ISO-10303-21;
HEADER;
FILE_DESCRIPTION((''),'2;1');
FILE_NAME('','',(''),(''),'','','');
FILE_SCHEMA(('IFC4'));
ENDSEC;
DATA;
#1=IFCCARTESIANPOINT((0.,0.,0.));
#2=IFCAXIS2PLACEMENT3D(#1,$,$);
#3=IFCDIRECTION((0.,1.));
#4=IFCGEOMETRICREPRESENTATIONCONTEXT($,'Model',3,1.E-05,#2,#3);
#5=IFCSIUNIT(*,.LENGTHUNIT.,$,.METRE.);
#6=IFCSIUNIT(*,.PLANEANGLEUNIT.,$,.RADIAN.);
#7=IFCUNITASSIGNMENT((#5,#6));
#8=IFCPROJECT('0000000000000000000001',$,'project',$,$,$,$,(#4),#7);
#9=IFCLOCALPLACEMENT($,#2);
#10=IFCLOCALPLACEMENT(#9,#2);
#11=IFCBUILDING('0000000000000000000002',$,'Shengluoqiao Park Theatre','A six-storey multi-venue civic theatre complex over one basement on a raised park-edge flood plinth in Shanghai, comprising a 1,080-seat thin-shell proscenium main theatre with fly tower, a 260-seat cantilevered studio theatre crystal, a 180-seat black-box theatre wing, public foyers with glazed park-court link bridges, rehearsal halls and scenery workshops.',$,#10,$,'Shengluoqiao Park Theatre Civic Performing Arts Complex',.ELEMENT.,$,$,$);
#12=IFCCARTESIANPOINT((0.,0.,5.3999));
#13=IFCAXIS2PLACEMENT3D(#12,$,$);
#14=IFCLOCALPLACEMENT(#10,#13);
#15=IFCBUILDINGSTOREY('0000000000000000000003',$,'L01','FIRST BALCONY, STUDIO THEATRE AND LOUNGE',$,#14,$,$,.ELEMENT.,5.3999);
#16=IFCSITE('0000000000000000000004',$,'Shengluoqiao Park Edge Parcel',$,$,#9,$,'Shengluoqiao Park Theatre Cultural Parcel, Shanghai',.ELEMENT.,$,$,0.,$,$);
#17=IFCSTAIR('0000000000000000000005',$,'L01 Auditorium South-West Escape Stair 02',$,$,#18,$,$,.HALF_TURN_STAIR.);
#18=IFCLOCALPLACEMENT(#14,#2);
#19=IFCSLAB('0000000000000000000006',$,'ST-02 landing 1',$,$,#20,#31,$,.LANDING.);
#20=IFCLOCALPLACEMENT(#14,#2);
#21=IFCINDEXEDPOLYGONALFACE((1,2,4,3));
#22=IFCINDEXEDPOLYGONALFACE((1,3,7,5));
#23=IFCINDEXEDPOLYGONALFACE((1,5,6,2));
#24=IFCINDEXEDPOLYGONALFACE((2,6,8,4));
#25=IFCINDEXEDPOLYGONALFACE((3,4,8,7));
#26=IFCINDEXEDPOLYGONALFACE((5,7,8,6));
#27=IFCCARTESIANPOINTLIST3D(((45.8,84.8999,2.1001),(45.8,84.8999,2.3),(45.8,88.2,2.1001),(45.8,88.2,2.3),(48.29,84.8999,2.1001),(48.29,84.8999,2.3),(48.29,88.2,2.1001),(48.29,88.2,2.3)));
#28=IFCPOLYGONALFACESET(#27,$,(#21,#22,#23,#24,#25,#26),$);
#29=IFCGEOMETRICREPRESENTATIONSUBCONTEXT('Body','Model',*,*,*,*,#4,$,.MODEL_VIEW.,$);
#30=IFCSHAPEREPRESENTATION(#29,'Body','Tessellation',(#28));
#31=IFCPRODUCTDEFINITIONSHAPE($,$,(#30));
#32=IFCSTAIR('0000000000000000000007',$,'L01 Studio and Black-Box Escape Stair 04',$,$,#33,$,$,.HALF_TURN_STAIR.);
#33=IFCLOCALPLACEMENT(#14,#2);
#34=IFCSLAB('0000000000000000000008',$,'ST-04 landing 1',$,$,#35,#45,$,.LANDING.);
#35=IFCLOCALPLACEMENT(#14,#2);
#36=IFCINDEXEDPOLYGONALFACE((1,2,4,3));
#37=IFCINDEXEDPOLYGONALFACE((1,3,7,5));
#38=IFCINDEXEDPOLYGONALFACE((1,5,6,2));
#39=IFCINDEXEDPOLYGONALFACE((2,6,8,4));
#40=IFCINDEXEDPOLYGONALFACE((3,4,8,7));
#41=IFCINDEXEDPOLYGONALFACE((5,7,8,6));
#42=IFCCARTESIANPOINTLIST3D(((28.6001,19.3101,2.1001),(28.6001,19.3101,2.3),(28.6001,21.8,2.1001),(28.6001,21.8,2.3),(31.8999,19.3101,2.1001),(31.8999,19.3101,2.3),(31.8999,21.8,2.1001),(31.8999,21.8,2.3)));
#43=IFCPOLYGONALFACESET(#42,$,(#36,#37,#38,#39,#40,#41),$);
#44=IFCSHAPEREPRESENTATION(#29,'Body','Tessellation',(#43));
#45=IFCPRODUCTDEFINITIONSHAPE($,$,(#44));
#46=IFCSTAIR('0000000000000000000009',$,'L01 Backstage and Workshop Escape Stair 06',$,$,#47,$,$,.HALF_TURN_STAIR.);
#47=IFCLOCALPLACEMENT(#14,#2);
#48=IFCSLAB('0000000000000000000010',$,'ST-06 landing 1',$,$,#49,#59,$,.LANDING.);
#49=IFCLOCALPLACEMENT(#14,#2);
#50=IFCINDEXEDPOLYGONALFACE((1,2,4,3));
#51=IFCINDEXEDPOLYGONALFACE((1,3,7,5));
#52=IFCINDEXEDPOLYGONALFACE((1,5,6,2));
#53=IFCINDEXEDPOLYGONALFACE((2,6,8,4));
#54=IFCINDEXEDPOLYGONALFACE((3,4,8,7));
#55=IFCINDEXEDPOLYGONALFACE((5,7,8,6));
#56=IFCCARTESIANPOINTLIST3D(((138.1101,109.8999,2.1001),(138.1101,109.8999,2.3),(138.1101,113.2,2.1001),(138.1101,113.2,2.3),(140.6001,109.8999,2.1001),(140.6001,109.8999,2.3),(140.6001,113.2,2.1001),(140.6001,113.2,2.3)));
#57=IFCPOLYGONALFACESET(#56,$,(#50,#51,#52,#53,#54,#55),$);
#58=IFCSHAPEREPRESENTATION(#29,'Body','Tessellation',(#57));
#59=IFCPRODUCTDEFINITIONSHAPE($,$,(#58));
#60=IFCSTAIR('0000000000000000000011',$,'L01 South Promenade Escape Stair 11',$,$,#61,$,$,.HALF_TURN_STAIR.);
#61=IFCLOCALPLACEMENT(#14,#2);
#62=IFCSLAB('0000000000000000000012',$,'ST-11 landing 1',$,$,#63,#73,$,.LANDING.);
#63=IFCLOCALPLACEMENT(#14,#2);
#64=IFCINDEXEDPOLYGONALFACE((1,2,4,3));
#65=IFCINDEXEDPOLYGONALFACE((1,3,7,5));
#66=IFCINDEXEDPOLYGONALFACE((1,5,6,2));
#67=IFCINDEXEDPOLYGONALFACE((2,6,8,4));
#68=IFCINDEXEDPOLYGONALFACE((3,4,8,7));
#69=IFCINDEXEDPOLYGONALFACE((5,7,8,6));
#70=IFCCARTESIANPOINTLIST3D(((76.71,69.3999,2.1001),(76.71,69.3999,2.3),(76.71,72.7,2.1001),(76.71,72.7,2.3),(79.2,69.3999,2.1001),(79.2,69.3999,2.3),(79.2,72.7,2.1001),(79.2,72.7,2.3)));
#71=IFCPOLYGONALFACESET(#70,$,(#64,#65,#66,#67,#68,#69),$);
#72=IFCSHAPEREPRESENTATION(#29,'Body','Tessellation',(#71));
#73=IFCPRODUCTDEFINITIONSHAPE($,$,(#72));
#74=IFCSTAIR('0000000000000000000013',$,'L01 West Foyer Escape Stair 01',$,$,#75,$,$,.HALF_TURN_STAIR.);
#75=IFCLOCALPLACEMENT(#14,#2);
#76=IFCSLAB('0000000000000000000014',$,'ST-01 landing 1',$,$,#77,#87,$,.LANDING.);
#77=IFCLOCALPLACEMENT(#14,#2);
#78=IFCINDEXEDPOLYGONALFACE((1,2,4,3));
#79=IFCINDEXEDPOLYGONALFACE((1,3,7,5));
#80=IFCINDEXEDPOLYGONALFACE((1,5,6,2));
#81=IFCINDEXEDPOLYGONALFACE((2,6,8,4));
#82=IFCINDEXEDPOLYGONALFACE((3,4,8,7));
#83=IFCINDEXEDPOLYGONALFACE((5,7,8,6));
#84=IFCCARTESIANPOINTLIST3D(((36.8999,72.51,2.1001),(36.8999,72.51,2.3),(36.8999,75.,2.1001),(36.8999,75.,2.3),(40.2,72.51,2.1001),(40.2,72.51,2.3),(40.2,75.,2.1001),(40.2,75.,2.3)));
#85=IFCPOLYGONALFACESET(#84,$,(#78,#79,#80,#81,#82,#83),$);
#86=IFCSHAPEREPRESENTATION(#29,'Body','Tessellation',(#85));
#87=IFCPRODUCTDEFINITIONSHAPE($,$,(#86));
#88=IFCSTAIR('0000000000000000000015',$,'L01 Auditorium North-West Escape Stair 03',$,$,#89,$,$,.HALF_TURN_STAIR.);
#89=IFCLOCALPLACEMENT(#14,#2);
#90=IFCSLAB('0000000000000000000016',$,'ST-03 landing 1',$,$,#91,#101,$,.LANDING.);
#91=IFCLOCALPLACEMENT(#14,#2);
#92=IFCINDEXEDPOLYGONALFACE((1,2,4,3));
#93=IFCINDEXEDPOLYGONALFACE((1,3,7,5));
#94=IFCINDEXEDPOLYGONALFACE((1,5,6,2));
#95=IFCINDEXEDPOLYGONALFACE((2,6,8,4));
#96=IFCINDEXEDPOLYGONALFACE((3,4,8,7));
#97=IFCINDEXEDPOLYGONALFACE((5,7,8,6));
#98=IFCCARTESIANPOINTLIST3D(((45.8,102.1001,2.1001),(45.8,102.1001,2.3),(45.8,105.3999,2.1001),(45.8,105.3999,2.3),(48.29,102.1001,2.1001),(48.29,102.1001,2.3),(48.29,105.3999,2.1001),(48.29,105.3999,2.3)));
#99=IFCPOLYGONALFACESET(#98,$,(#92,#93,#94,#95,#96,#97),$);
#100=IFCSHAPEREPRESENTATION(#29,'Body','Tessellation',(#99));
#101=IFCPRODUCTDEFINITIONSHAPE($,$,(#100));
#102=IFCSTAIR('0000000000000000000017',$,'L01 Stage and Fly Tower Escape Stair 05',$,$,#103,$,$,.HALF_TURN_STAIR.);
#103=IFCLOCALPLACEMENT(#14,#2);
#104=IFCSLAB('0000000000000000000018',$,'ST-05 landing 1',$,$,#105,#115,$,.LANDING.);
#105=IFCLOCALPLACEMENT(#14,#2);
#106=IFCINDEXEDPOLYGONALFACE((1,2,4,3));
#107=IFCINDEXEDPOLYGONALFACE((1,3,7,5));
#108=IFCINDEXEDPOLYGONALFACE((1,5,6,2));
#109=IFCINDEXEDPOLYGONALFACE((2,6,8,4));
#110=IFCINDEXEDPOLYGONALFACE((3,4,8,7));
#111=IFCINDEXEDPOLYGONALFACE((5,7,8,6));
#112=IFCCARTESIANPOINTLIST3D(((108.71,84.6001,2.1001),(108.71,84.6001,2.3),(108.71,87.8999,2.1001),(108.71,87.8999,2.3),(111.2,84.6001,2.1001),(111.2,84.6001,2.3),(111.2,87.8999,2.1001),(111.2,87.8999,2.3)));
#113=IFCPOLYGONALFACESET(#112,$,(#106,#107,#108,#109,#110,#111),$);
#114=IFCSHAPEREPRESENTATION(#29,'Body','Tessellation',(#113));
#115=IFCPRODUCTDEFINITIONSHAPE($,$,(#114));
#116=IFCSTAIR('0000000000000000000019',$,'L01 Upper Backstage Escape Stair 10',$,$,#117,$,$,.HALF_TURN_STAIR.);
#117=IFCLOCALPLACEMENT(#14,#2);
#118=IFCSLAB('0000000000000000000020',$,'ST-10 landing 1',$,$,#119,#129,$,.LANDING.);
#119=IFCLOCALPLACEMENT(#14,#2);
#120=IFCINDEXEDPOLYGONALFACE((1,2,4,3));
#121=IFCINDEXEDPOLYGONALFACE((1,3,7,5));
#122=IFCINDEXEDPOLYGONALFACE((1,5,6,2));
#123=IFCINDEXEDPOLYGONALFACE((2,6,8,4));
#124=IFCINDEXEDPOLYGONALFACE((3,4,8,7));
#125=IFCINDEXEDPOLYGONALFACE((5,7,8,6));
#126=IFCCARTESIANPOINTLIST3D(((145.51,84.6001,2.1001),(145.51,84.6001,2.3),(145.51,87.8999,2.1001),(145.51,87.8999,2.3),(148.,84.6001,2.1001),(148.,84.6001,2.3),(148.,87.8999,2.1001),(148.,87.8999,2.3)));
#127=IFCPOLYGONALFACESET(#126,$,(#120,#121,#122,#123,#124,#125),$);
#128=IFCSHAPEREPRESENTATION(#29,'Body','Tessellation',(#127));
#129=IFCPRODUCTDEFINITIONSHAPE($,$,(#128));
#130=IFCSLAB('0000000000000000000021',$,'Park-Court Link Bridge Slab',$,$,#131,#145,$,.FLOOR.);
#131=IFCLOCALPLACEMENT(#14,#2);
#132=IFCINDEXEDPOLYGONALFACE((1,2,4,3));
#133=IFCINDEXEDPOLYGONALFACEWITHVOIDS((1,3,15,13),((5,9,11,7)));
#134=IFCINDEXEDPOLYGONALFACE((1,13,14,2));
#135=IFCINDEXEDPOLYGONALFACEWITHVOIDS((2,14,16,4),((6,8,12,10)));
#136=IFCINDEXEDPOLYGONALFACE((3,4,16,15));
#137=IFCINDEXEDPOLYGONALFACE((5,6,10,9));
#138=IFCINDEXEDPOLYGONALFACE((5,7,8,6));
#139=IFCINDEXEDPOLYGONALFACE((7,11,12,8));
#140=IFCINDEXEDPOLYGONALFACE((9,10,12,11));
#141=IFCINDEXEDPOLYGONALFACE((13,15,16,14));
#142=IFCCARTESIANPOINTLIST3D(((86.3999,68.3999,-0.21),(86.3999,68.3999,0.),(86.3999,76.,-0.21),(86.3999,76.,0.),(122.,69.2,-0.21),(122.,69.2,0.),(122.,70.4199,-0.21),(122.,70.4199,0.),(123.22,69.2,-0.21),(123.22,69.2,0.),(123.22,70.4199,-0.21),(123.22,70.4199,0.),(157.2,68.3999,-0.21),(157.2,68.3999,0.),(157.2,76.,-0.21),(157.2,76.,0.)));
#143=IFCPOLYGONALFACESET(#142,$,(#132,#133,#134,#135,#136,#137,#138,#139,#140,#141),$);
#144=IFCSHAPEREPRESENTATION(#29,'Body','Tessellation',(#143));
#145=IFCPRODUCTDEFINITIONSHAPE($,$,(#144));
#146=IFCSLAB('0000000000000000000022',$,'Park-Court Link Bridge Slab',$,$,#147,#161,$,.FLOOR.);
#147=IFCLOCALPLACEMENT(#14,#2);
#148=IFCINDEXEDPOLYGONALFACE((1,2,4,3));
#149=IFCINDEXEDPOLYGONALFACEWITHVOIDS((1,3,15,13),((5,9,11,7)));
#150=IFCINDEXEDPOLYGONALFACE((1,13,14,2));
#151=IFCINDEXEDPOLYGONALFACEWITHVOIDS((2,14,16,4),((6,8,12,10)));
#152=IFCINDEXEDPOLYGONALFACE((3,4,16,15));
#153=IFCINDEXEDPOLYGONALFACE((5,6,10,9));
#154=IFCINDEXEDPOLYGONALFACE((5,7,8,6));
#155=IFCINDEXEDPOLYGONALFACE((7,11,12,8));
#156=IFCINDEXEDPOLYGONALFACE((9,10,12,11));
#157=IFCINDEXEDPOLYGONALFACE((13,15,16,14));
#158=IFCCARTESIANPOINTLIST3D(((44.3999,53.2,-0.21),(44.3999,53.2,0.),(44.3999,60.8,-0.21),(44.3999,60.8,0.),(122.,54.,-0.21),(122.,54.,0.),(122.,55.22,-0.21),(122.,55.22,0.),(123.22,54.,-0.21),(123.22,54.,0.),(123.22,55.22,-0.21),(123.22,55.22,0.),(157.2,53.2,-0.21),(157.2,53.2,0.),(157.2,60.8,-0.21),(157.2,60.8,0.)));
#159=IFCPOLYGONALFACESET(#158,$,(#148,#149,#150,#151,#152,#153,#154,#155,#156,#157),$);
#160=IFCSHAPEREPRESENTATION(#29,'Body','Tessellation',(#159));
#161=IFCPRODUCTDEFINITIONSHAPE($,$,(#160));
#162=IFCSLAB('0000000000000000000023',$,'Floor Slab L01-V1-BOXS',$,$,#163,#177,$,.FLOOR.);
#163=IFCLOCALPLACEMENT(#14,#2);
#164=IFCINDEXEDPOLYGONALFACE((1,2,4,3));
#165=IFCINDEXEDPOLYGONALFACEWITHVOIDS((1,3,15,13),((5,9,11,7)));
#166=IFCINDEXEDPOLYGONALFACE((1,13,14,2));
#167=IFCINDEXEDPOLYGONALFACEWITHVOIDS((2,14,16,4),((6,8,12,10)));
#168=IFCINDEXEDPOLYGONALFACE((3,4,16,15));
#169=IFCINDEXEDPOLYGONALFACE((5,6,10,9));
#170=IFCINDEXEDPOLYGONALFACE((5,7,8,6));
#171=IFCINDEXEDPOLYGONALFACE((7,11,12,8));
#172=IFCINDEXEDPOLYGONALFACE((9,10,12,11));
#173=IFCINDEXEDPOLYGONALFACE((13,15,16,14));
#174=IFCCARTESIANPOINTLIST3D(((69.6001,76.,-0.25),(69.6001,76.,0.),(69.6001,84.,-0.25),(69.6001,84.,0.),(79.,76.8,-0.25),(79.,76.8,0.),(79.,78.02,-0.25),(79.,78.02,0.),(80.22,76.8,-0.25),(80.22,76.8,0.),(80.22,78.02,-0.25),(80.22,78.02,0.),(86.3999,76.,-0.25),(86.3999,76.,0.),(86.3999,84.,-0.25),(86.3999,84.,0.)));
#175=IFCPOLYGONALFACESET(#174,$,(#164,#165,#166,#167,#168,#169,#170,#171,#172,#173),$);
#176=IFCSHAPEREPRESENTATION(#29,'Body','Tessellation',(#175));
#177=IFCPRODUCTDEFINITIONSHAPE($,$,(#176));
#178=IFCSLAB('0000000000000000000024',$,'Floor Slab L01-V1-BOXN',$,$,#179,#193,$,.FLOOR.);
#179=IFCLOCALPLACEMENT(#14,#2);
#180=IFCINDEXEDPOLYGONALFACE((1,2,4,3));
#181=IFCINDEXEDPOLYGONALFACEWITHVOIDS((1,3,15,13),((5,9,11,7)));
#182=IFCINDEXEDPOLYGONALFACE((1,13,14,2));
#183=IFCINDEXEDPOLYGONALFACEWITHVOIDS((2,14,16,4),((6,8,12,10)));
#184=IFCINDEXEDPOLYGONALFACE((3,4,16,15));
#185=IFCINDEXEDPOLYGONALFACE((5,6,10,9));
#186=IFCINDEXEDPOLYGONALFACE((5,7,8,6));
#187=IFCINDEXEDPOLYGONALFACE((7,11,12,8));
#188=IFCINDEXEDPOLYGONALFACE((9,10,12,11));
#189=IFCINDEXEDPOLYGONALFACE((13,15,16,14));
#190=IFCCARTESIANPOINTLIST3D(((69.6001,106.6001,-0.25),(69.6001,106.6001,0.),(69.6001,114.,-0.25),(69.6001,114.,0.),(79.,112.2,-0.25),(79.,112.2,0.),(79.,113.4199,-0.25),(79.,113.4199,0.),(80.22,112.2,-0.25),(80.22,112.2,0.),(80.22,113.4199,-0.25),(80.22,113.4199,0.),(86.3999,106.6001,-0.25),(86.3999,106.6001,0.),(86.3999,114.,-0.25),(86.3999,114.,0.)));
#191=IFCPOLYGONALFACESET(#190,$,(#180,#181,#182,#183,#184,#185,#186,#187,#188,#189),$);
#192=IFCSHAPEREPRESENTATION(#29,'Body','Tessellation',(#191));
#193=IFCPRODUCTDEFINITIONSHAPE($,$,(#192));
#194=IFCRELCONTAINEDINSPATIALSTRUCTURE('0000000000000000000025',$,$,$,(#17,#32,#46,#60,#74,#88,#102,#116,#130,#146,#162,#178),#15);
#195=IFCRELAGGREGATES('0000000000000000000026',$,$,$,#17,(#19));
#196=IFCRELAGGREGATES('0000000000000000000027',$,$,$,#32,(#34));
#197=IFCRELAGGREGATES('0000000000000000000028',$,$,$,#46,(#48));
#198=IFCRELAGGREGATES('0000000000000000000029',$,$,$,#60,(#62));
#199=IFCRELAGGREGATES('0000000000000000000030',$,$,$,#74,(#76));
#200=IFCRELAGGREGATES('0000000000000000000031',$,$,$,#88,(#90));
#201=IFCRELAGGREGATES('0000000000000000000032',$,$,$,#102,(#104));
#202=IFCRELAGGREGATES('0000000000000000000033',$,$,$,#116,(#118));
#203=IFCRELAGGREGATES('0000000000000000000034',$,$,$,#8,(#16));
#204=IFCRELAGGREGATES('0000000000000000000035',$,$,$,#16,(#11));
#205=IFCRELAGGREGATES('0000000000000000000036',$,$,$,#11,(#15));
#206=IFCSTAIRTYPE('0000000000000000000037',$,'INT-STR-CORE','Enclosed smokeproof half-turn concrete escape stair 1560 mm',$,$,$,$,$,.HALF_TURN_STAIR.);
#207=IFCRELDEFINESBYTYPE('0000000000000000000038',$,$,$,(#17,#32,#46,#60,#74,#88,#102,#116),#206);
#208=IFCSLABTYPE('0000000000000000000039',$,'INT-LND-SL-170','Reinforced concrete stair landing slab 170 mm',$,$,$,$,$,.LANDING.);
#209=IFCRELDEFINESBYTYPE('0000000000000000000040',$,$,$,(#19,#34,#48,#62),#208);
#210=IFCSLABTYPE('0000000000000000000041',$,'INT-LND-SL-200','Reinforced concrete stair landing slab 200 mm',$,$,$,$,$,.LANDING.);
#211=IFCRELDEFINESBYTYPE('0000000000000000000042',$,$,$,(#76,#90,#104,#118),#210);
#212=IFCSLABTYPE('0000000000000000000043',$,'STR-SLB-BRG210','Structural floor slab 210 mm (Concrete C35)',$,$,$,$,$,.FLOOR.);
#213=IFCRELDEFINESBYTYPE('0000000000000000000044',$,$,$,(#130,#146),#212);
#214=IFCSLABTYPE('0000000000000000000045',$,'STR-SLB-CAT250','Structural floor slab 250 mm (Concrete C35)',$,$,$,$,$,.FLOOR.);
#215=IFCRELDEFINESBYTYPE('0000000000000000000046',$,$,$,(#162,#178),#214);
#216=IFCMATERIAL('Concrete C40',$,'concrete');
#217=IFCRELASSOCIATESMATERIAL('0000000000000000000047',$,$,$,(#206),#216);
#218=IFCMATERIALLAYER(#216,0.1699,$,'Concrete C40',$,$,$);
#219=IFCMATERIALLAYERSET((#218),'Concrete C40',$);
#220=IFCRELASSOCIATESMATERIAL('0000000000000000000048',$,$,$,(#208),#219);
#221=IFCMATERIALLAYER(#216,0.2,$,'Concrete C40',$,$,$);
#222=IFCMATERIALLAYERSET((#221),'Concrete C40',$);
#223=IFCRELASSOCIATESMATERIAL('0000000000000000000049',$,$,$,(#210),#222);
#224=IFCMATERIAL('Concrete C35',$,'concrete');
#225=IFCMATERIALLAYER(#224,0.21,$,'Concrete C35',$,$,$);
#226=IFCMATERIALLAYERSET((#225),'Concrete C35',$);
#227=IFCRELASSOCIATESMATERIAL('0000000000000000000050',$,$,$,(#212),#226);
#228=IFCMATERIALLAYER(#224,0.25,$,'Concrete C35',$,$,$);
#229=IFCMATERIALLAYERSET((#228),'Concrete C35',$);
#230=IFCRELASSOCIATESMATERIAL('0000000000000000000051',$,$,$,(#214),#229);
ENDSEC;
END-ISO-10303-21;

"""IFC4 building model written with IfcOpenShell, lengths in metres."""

from ifc_helpers import new_model, si_unit, direction, frame, origin, place, context, subcontext, project, spatial, polyline, outline, extrude, material, layer, layer_set, type_object, element, aggregate, save


model = new_model("IFC4")

# Units and contexts
model_context = context("Model", 3, precision=1e-05, world=origin(), true_north=direction((0.0, 1.0)))
body_context = subcontext(model_context, "Body", "Model", "MODEL_VIEW")
ifc_project = project(units=[si_unit("LENGTHUNIT", "METRE"), si_unit("PLANEANGLEUNIT", "RADIAN")], contexts=[model_context])

# Site, building, storey
site_placement = place(None, origin())
site = spatial("IfcSite", under=ifc_project, at=site_placement, Name="Shengluoqiao Park Edge Parcel", LongName="Shengluoqiao Park Theatre Cultural Parcel, Shanghai", CompositionType="ELEMENT", RefElevation=0.0)
building_placement = place(site_placement, origin())
building = spatial("IfcBuilding", under=site, at=building_placement, Name="Shengluoqiao Park Theatre", Description="A six-storey multi-venue civic theatre complex over one basement on a raised park-edge flood plinth in Shanghai, comprising a 1,080-seat thin-shell proscenium main theatre with fly tower, a 260-seat cantilevered studio theatre crystal, a 180-seat black-box theatre wing, public foyers with glazed park-court link bridges, rehearsal halls and scenery workshops.", LongName="Shengluoqiao Park Theatre Civic Performing Arts Complex", CompositionType="ELEMENT")
storey_placement = place(building_placement, frame((0.0, 0.0, 5.3999)))
storey = spatial("IfcBuildingStorey", under=building, at=storey_placement, Name="L01", Description="FIRST BALCONY, STUDIO THEATRE AND LOUNGE", CompositionType="ELEMENT", Elevation=5.3999)

# Stairs, slabs
ifc_material_1 = material(Name="Concrete C40", Category="concrete")
stair_type = type_object("IfcStairType", Name="INT-STR-CORE", Description="Enclosed smokeproof half-turn concrete escape stair 1560 mm", PredefinedType="HALF_TURN_STAIR", material=ifc_material_1)
stair_1_placement = place(storey_placement, origin())
stair_1 = element("IfcStair", 1, at=stair_1_placement, inside=storey, type_object=stair_type, Name="L01 Auditorium South-West Escape Stair 02", PredefinedType="HALF_TURN_STAIR")
ifc_layer_1 = layer(ifc_material_1, 0.1699, Name="Concrete C40")
ifc_layer_set_1 = layer_set([ifc_layer_1], Name="Concrete C40")
slab_type_1 = type_object("IfcSlabType", Name="INT-LND-SL-170", Description="Reinforced concrete stair landing slab 170 mm", PredefinedType="LANDING", material=ifc_layer_set_1)
slab_1_placement = place(storey_placement, frame((0.0, 0.0, 2.1001)))
slab_1 = element("IfcSlab", 2, at=slab_1_placement, type_object=slab_type_1, Name="ST-02 landing 1", PredefinedType="LANDING", context=body_context, shape_type="SweptSolid", body=[
    extrude(outline(polyline([(48.29, 88.2), (45.8, 88.2), (45.8, 84.8999), (48.29, 84.8999), (48.29, 88.2)])), origin(), (0.0, 0.0, 1.0), 0.2),
])
aggregate(stair_1, [slab_1])
stair_2_placement = place(storey_placement, origin())
stair_2 = element("IfcStair", 3, at=stair_2_placement, inside=storey, type_object=stair_type, Name="L01 Studio and Black-Box Escape Stair 04", PredefinedType="HALF_TURN_STAIR")
slab_2_placement = place(storey_placement, frame((0.0, 0.0, 2.1001)))
slab_2 = element("IfcSlab", 4, at=slab_2_placement, type_object=slab_type_1, Name="ST-04 landing 1", PredefinedType="LANDING", context=body_context, shape_type="SweptSolid", body=[
    extrude(outline(polyline([(31.8999, 19.3101), (31.8999, 21.8), (28.6001, 21.8), (28.6001, 19.3101), (31.8999, 19.3101)])), origin(), (0.0, 0.0, 1.0), 0.2),
])
aggregate(stair_2, [slab_2])
stair_3_placement = place(storey_placement, origin())
stair_3 = element("IfcStair", 5, at=stair_3_placement, inside=storey, type_object=stair_type, Name="L01 Backstage and Workshop Escape Stair 06", PredefinedType="HALF_TURN_STAIR")
slab_3_placement = place(storey_placement, frame((0.0, 0.0, 2.1001)))
slab_3 = element("IfcSlab", 6, at=slab_3_placement, type_object=slab_type_1, Name="ST-06 landing 1", PredefinedType="LANDING", context=body_context, shape_type="SweptSolid", body=[
    extrude(outline(polyline([(138.1101, 109.8999), (140.6001, 109.8999), (140.6001, 113.2), (138.1101, 113.2), (138.1101, 109.8999)])), origin(), (0.0, 0.0, 1.0), 0.2),
])
aggregate(stair_3, [slab_3])
stair_4_placement = place(storey_placement, origin())
stair_4 = element("IfcStair", 7, at=stair_4_placement, inside=storey, type_object=stair_type, Name="L01 South Promenade Escape Stair 11", PredefinedType="HALF_TURN_STAIR")
slab_4_placement = place(storey_placement, frame((0.0, 0.0, 2.1001)))
slab_4 = element("IfcSlab", 8, at=slab_4_placement, type_object=slab_type_1, Name="ST-11 landing 1", PredefinedType="LANDING", context=body_context, shape_type="SweptSolid", body=[
    extrude(outline(polyline([(76.71, 69.3999), (79.2, 69.3999), (79.2, 72.7), (76.71, 72.7), (76.71, 69.3999)])), origin(), (0.0, 0.0, 1.0), 0.2),
])
aggregate(stair_4, [slab_4])
stair_5_placement = place(storey_placement, origin())
stair_5 = element("IfcStair", 9, at=stair_5_placement, inside=storey, type_object=stair_type, Name="L01 West Foyer Escape Stair 01", PredefinedType="HALF_TURN_STAIR")
ifc_layer_2 = layer(ifc_material_1, 0.2, Name="Concrete C40")
ifc_layer_set_2 = layer_set([ifc_layer_2], Name="Concrete C40")
slab_type_2 = type_object("IfcSlabType", Name="INT-LND-SL-200", Description="Reinforced concrete stair landing slab 200 mm", PredefinedType="LANDING", material=ifc_layer_set_2)
slab_5_placement = place(storey_placement, frame((0.0, 0.0, 2.1001)))
slab_5 = element("IfcSlab", 10, at=slab_5_placement, type_object=slab_type_2, Name="ST-01 landing 1", PredefinedType="LANDING", context=body_context, shape_type="SweptSolid", body=[
    extrude(outline(polyline([(40.2, 72.51), (40.2, 75.0), (36.8999, 75.0), (36.8999, 72.51), (40.2, 72.51)])), origin(), (0.0, 0.0, 1.0), 0.2),
])
aggregate(stair_5, [slab_5])
stair_6_placement = place(storey_placement, origin())
stair_6 = element("IfcStair", 11, at=stair_6_placement, inside=storey, type_object=stair_type, Name="L01 Auditorium North-West Escape Stair 03", PredefinedType="HALF_TURN_STAIR")
slab_6_placement = place(storey_placement, frame((0.0, 0.0, 2.1001)))
slab_6 = element("IfcSlab", 12, at=slab_6_placement, type_object=slab_type_2, Name="ST-03 landing 1", PredefinedType="LANDING", context=body_context, shape_type="SweptSolid", body=[
    extrude(outline(polyline([(48.29, 105.3999), (45.8, 105.3999), (45.8, 102.1001), (48.29, 102.1001), (48.29, 105.3999)])), origin(), (0.0, 0.0, 1.0), 0.2),
])
aggregate(stair_6, [slab_6])
stair_7_placement = place(storey_placement, origin())
stair_7 = element("IfcStair", 13, at=stair_7_placement, inside=storey, type_object=stair_type, Name="L01 Stage and Fly Tower Escape Stair 05", PredefinedType="HALF_TURN_STAIR")
slab_7_placement = place(storey_placement, frame((0.0, 0.0, 2.1001)))
slab_7 = element("IfcSlab", 14, at=slab_7_placement, type_object=slab_type_2, Name="ST-05 landing 1", PredefinedType="LANDING", context=body_context, shape_type="SweptSolid", body=[
    extrude(outline(polyline([(108.71, 84.6001), (111.2, 84.6001), (111.2, 87.8999), (108.71, 87.8999), (108.71, 84.6001)])), origin(), (0.0, 0.0, 1.0), 0.2),
])
aggregate(stair_7, [slab_7])
stair_8_placement = place(storey_placement, origin())
stair_8 = element("IfcStair", 15, at=stair_8_placement, inside=storey, type_object=stair_type, Name="L01 Upper Backstage Escape Stair 10", PredefinedType="HALF_TURN_STAIR")
slab_8_placement = place(storey_placement, frame((0.0, 0.0, 2.1001)))
slab_8 = element("IfcSlab", 16, at=slab_8_placement, type_object=slab_type_2, Name="ST-10 landing 1", PredefinedType="LANDING", context=body_context, shape_type="SweptSolid", body=[
    extrude(outline(polyline([(145.51, 84.6001), (148.0, 84.6001), (148.0, 87.8999), (145.51, 87.8999), (145.51, 84.6001)])), origin(), (0.0, 0.0, 1.0), 0.2),
])
aggregate(stair_8, [slab_8])

# Slabs
ifc_material_2 = material(Name="Concrete C35", Category="concrete")
ifc_layer_3 = layer(ifc_material_2, 0.21, Name="Concrete C35")
ifc_layer_set_3 = layer_set([ifc_layer_3], Name="Concrete C35")
slab_type_3 = type_object("IfcSlabType", Name="STR-SLB-BRG210", Description="Structural floor slab 210 mm (Concrete C35)", PredefinedType="FLOOR", material=ifc_layer_set_3)
slab_9_placement = place(storey_placement, frame((0.0, 0.0, -0.21)))
element("IfcSlab", 17, at=slab_9_placement, inside=storey, type_object=slab_type_3, Name="Park-Court Link Bridge Slab", PredefinedType="FLOOR", context=body_context, shape_type="SweptSolid", body=[
    extrude(outline(polyline([(86.3999, 68.3999), (86.3999, 76.0), (157.2, 76.0), (157.2, 68.3999), (86.3999, 68.3999)]), holes=[polyline([(123.22, 69.2), (123.22, 70.4199), (122.0, 70.4199), (122.0, 69.2), (123.22, 69.2)])]), origin(), (0.0, 0.0, 1.0), 0.21),
])
slab_10_placement = place(storey_placement, frame((0.0, 0.0, -0.21)))
element("IfcSlab", 18, at=slab_10_placement, inside=storey, type_object=slab_type_3, Name="Park-Court Link Bridge Slab", PredefinedType="FLOOR", context=body_context, shape_type="SweptSolid", body=[
    extrude(outline(polyline([(44.3999, 53.2), (44.3999, 60.8), (157.2, 60.8), (157.2, 53.2), (44.3999, 53.2)]), holes=[polyline([(123.22, 54.0), (123.22, 55.22), (122.0, 55.22), (122.0, 54.0), (123.22, 54.0)])]), origin(), (0.0, 0.0, 1.0), 0.21),
])
ifc_layer_4 = layer(ifc_material_2, 0.25, Name="Concrete C35")
ifc_layer_set_4 = layer_set([ifc_layer_4], Name="Concrete C35")
slab_type_4 = type_object("IfcSlabType", Name="STR-SLB-CAT250", Description="Structural floor slab 250 mm (Concrete C35)", PredefinedType="FLOOR", material=ifc_layer_set_4)
slab_11_placement = place(storey_placement, frame((0.0, 0.0, -0.25)))
element("IfcSlab", 19, at=slab_11_placement, inside=storey, type_object=slab_type_4, Name="Floor Slab L01-V1-BOXS", PredefinedType="FLOOR", context=body_context, shape_type="SweptSolid", body=[
    extrude(outline(polyline([(69.6001, 76.0), (69.6001, 84.0), (86.3999, 84.0), (86.3999, 76.0), (69.6001, 76.0)]), holes=[polyline([(80.22, 76.8), (80.22, 78.02), (79.0, 78.02), (79.0, 76.8), (80.22, 76.8)])]), origin(), (0.0, 0.0, 1.0), 0.25),
])
slab_12_placement = place(storey_placement, frame((0.0, 0.0, -0.25)))
element("IfcSlab", 20, at=slab_12_placement, inside=storey, type_object=slab_type_4, Name="Floor Slab L01-V1-BOXN", PredefinedType="FLOOR", context=body_context, shape_type="SweptSolid", body=[
    extrude(outline(polyline([(69.6001, 106.6001), (69.6001, 114.0), (86.3999, 114.0), (86.3999, 106.6001), (69.6001, 106.6001)]), holes=[polyline([(79.0, 112.2), (80.22, 112.2), (80.22, 113.4199), (79.0, 113.4199), (79.0, 112.2)])]), origin(), (0.0, 0.0, 1.0), 0.25),
])

save(model, "model.ifc")
